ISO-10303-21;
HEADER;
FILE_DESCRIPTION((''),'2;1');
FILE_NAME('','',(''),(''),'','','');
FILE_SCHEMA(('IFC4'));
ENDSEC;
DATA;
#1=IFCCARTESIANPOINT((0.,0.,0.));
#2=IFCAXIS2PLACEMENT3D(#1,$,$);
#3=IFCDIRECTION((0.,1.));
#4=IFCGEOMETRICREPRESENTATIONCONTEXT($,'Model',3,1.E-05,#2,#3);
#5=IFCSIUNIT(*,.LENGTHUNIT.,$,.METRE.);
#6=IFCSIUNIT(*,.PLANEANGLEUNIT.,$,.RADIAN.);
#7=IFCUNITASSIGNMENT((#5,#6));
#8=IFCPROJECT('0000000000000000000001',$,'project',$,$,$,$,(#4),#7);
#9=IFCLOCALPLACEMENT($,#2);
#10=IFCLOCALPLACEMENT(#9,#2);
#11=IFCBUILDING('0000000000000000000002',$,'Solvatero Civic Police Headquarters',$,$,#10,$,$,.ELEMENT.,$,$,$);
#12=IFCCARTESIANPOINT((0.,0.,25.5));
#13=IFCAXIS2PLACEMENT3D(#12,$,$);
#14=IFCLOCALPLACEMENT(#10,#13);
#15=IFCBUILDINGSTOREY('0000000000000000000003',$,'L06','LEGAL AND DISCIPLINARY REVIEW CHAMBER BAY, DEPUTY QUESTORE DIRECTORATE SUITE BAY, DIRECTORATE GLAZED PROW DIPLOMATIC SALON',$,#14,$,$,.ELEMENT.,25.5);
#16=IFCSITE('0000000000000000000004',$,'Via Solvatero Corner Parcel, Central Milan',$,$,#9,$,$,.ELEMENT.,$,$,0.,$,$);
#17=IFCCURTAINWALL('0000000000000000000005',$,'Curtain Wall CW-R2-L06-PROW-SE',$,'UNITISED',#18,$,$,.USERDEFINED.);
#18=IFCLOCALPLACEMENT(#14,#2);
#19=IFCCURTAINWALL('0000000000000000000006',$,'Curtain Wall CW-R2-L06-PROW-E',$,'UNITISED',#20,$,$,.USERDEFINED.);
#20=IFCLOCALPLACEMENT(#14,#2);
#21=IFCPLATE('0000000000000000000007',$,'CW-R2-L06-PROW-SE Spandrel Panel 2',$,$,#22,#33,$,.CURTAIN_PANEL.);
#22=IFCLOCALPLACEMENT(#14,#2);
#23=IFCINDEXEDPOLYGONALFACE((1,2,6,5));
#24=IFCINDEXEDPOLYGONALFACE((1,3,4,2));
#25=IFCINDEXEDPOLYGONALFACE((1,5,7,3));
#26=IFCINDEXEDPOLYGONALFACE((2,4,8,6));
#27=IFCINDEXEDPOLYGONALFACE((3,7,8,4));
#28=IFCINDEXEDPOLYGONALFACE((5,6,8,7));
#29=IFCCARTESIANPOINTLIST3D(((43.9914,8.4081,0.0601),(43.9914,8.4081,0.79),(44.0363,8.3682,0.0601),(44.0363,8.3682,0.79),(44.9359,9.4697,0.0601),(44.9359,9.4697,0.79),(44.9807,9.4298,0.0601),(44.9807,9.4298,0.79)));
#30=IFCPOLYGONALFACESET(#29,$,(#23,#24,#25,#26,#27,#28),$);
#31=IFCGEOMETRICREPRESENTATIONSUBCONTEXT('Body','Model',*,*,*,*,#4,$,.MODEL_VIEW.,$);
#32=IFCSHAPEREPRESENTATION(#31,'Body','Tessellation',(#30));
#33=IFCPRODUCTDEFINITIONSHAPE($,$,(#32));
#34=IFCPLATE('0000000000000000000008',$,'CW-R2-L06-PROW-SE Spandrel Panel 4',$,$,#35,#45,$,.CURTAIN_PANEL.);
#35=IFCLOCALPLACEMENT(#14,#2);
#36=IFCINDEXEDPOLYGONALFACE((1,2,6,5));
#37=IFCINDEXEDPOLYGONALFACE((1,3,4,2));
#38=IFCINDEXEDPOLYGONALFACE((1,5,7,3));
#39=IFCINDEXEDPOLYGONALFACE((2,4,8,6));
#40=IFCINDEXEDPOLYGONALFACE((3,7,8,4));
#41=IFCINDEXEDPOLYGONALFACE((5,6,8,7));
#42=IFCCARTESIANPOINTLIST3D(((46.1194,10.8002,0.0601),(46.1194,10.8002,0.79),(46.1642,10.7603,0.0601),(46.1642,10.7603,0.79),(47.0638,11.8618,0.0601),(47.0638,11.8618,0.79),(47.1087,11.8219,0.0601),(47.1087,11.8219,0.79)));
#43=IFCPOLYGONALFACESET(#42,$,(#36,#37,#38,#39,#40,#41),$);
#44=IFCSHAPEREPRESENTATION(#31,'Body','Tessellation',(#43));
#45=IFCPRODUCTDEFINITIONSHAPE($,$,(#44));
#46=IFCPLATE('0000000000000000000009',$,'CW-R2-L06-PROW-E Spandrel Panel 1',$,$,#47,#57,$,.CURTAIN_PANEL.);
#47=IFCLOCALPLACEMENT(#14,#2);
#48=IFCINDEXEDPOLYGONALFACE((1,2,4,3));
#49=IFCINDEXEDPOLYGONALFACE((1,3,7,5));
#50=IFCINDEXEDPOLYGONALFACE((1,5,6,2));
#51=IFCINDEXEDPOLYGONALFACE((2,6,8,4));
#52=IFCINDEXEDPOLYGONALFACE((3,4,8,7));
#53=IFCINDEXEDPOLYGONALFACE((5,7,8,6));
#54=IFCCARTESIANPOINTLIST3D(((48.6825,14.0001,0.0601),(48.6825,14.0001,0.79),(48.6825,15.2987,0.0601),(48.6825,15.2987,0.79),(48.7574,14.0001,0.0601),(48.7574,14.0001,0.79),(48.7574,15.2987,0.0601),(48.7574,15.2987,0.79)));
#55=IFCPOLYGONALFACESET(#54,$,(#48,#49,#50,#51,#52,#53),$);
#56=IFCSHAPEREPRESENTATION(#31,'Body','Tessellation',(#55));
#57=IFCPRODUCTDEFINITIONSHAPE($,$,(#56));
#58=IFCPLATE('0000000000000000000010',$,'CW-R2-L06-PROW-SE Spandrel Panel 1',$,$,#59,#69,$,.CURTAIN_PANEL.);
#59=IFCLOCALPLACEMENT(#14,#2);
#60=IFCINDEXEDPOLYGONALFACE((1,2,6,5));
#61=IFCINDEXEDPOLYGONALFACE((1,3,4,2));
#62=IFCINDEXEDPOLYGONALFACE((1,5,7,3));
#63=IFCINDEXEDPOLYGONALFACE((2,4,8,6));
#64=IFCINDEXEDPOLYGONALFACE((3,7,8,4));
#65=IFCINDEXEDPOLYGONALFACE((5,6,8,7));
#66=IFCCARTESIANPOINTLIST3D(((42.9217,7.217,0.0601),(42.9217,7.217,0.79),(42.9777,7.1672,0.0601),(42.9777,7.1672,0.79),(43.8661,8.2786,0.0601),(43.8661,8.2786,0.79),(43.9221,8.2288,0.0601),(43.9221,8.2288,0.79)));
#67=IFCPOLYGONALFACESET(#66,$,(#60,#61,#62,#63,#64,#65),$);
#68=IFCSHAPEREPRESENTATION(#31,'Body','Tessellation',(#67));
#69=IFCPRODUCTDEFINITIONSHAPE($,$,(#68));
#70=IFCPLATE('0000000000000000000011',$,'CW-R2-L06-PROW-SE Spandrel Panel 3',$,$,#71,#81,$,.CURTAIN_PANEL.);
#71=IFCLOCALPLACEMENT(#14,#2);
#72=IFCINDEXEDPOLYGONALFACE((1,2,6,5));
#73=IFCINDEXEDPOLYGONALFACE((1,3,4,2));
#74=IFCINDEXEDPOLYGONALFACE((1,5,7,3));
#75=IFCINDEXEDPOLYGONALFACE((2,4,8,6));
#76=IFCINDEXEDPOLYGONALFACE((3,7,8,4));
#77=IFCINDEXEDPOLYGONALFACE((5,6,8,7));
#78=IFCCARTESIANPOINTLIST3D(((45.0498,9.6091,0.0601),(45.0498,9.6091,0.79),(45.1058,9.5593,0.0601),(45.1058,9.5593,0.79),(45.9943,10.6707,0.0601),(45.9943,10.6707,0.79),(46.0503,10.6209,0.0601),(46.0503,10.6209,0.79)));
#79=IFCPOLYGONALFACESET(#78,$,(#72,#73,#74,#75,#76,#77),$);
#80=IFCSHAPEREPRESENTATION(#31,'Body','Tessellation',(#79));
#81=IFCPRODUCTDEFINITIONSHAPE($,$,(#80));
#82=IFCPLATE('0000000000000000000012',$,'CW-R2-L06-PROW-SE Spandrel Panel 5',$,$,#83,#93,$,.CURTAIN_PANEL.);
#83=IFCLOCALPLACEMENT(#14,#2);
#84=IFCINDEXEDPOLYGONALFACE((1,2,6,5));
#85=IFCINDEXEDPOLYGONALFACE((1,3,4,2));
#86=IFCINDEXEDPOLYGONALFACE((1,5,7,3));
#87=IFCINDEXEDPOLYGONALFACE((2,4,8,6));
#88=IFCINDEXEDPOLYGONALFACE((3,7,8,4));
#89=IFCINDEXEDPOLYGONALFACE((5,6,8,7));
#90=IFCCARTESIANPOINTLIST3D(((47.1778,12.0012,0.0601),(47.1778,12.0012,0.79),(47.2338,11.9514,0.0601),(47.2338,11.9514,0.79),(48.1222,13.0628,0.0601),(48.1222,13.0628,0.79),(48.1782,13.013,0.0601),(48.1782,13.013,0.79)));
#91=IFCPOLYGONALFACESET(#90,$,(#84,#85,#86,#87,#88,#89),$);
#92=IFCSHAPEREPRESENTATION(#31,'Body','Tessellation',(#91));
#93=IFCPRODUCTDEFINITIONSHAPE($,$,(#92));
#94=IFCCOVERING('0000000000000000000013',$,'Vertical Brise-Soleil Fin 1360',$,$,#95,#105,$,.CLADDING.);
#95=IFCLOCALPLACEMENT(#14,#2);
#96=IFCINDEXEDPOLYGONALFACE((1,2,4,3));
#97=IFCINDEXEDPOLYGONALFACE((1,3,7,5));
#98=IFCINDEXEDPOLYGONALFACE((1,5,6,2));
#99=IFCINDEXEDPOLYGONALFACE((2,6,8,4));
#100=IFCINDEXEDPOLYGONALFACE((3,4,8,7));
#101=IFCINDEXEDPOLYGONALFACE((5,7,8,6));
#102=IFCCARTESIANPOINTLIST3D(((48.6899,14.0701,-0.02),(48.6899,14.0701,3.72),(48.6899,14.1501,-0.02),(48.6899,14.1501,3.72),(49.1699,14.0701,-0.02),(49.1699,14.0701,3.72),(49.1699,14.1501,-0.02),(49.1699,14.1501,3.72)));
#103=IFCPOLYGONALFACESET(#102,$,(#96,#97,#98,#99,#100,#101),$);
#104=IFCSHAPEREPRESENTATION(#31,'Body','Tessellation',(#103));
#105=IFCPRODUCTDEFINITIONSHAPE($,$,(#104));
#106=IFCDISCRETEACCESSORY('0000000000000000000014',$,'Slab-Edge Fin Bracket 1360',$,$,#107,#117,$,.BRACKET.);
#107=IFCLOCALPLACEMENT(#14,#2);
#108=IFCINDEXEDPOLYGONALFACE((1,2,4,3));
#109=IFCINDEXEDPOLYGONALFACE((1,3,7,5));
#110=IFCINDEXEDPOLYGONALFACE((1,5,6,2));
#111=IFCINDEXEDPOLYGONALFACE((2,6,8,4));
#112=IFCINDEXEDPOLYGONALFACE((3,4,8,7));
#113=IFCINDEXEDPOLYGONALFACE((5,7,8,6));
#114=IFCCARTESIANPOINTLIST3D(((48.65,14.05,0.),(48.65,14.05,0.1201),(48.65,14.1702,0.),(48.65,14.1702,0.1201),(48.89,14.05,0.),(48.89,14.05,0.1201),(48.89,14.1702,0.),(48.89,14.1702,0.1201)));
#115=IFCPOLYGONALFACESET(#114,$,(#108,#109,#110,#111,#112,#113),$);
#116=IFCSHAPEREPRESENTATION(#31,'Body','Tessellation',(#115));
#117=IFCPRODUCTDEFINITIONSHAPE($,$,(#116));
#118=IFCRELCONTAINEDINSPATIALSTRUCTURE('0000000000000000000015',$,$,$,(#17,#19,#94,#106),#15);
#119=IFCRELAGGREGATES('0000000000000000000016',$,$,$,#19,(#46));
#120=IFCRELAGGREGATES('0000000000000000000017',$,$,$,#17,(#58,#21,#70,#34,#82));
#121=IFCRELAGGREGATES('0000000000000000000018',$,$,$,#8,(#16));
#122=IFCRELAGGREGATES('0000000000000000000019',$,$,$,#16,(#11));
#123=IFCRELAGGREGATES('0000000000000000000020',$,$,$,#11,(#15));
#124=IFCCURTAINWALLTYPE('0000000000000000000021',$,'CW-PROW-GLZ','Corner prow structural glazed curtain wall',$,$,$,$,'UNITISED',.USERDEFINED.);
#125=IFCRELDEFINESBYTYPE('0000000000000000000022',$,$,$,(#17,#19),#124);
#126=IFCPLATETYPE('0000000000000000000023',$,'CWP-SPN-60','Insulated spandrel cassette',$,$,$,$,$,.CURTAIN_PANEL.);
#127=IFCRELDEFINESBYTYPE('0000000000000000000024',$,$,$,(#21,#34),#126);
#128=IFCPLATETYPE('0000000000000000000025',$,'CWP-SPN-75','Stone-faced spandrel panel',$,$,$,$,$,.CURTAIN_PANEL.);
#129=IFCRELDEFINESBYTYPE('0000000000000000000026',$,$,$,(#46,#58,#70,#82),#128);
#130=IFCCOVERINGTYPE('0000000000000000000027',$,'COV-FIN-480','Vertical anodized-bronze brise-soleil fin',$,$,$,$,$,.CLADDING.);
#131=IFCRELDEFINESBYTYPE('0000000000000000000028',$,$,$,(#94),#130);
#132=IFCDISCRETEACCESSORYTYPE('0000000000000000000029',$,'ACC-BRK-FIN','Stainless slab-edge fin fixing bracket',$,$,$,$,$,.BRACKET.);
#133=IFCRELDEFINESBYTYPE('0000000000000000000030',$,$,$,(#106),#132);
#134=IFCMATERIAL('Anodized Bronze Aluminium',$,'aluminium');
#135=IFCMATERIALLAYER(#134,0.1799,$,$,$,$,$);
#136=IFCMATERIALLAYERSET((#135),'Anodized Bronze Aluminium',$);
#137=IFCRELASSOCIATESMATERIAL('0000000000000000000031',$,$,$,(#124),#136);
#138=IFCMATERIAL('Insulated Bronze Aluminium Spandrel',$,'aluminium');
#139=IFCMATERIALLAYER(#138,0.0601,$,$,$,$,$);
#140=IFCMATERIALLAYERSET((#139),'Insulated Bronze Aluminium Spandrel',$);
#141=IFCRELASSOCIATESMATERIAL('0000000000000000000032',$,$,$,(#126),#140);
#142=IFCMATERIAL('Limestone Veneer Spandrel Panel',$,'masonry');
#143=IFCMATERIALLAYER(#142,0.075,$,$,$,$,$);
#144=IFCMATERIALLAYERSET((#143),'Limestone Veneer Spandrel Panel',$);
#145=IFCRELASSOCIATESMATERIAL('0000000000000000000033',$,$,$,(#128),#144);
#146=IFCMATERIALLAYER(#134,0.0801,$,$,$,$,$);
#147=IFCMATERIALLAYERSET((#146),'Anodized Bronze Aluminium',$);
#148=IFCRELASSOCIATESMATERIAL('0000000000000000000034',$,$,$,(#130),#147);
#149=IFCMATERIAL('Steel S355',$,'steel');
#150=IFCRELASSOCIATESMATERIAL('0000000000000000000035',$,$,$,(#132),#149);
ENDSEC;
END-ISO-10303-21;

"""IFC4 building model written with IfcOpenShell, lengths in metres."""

from ifc_helpers import new_model, si_unit, direction, frame, origin, origin_2d, place, context, subcontext, project, spatial, rectangle, extrude, material, layer, layer_set, type_object, element, aggregate, save


model = new_model("IFC4")

# Units and contexts
model_context = context("Model", 3, precision=1e-05, world=origin(), true_north=direction((0.0, 1.0)))
body_context = subcontext(model_context, "Body", "Model", "MODEL_VIEW")
ifc_project = project(units=[si_unit("LENGTHUNIT", "METRE"), si_unit("PLANEANGLEUNIT", "RADIAN")], contexts=[model_context])

# Site, building, storey
site_placement = place(None, origin())
site = spatial("IfcSite", under=ifc_project, at=site_placement, Name="Via Solvatero Corner Parcel, Central Milan", CompositionType="ELEMENT", RefElevation=0.0)
building_placement = place(site_placement, origin())
building = spatial("IfcBuilding", under=site, at=building_placement, Name="Solvatero Civic Police Headquarters", CompositionType="ELEMENT")
storey_placement = place(building_placement, frame((0.0, 0.0, 25.5)))
storey = spatial("IfcBuildingStorey", under=building, at=storey_placement, Name="L06", Description="LEGAL AND DISCIPLINARY REVIEW CHAMBER BAY, DEPUTY QUESTORE DIRECTORATE SUITE BAY, DIRECTORATE GLAZED PROW DIPLOMATIC SALON", CompositionType="ELEMENT", Elevation=25.5)

# Shared definitions
ifc_material_1 = material(Name="Steel S355", Category="steel")

# Curtain wall
ifc_material_2 = material(Name="Anodized Bronze Aluminium", Category="aluminium")
ifc_layer_1 = layer(ifc_material_2, 0.1799)
ifc_layer_set_1 = layer_set([ifc_layer_1], Name="Anodized Bronze Aluminium")
curtain_wall_type = type_object("IfcCurtainWallType", Name="CW-PROW-GLZ", Description="Corner prow structural glazed curtain wall", ElementType="UNITISED", PredefinedType="USERDEFINED", material=ifc_layer_set_1)
curtain_wall_1_placement = place(storey_placement, origin())
curtain_wall_1 = element("IfcCurtainWall", 1, at=curtain_wall_1_placement, inside=storey, type_object=curtain_wall_type, Name="Curtain Wall CW-R2-L06-PROW-SE", ObjectType="UNITISED", PredefinedType="USERDEFINED")

# Curtain wall
curtain_wall_2_placement = place(storey_placement, origin())
curtain_wall_2 = element("IfcCurtainWall", 2, at=curtain_wall_2_placement, inside=storey, type_object=curtain_wall_type, Name="Curtain Wall CW-R2-L06-PROW-E", ObjectType="UNITISED", PredefinedType="USERDEFINED")

# Plates
ifc_material_3 = material(Name="Insulated Bronze Aluminium Spandrel", Category="aluminium")
ifc_layer_2 = layer(ifc_material_3, 0.0601)
ifc_layer_set_2 = layer_set([ifc_layer_2], Name="Insulated Bronze Aluminium Spandrel")
plate_type_1 = type_object("IfcPlateType", Name="CWP-SPN-60", Description="Insulated spandrel cassette", PredefinedType="CURTAIN_PANEL", material=ifc_layer_set_2)
plate_1_placement = place(storey_placement, frame((44.4861, 8.9189, 0.0601), z_axis=(0.0, 0.0, 1.0), x_axis=(0.664657, 0.747149, 0.0)))
plate_1 = element("IfcPlate", 3, at=plate_1_placement, type_object=plate_type_1, Name="CW-R2-L06-PROW-SE Spandrel Panel 2", PredefinedType="CURTAIN_PANEL", context=body_context, shape_type="SweptSolid", body=[
    extrude(rectangle(XDim=1.4209, YDim=0.0601, at=origin_2d()), origin(), (0.0, 0.0, 1.0), 0.73),
])
plate_2_placement = place(storey_placement, frame((46.614, 11.311, 0.0601), z_axis=(0.0, 0.0, 1.0), x_axis=(0.664657, 0.747149, 0.0)))
plate_2 = element("IfcPlate", 4, at=plate_2_placement, type_object=plate_type_1, Name="CW-R2-L06-PROW-SE Spandrel Panel 4", PredefinedType="CURTAIN_PANEL", context=body_context, shape_type="SweptSolid", body=[
    extrude(rectangle(XDim=1.4209, YDim=0.0601, at=origin_2d()), origin(), (0.0, 0.0, 1.0), 0.73),
])
ifc_material_4 = material(Name="Limestone Veneer Spandrel Panel", Category="masonry")
ifc_layer_3 = layer(ifc_material_4, 0.075)
ifc_layer_set_3 = layer_set([ifc_layer_3], Name="Limestone Veneer Spandrel Panel")
plate_type_2 = type_object("IfcPlateType", Name="CWP-SPN-75", Description="Stone-faced spandrel panel", PredefinedType="CURTAIN_PANEL", material=ifc_layer_set_3)
plate_3_placement = place(storey_placement, frame((48.72, 14.6494, 0.0601), z_axis=(0.0, 0.0, 1.0), x_axis=(0.0, 1.0, 0.0)))
plate_3 = element("IfcPlate", 5, at=plate_3_placement, type_object=plate_type_2, Name="CW-R2-L06-PROW-E Spandrel Panel 1", PredefinedType="CURTAIN_PANEL", context=body_context, shape_type="SweptSolid", body=[
    extrude(rectangle(XDim=1.2986, YDim=0.075, at=origin_2d()), origin(), (0.0, 0.0, 1.0), 0.73),
])
aggregate(curtain_wall_2, [plate_3])
plate_4_placement = place(storey_placement, frame((43.4219, 7.7229, 0.0601), z_axis=(0.0, 0.0, 1.0), x_axis=(0.664657, 0.747149, 0.0)))
plate_4 = element("IfcPlate", 6, at=plate_4_placement, type_object=plate_type_2, Name="CW-R2-L06-PROW-SE Spandrel Panel 1", PredefinedType="CURTAIN_PANEL", context=body_context, shape_type="SweptSolid", body=[
    extrude(rectangle(XDim=1.4209, YDim=0.075, at=origin_2d()), origin(), (0.0, 0.0, 1.0), 0.73),
])
plate_5_placement = place(storey_placement, frame((45.55, 10.115, 0.0601), z_axis=(0.0, 0.0, 1.0), x_axis=(0.664657, 0.747149, 0.0)))
plate_5 = element("IfcPlate", 7, at=plate_5_placement, type_object=plate_type_2, Name="CW-R2-L06-PROW-SE Spandrel Panel 3", PredefinedType="CURTAIN_PANEL", context=body_context, shape_type="SweptSolid", body=[
    extrude(rectangle(XDim=1.4209, YDim=0.075, at=origin_2d()), origin(), (0.0, 0.0, 1.0), 0.73),
])
plate_6_placement = place(storey_placement, frame((47.678, 12.5071, 0.0601), z_axis=(0.0, 0.0, 1.0), x_axis=(0.664657, 0.747149, 0.0)))
plate_6 = element("IfcPlate", 8, at=plate_6_placement, type_object=plate_type_2, Name="CW-R2-L06-PROW-SE Spandrel Panel 5", PredefinedType="CURTAIN_PANEL", context=body_context, shape_type="SweptSolid", body=[
    extrude(rectangle(XDim=1.4209, YDim=0.075, at=origin_2d()), origin(), (0.0, 0.0, 1.0), 0.73),
])
aggregate(curtain_wall_1, [plate_4, plate_1, plate_5, plate_2, plate_6])

# Covering
ifc_layer_4 = layer(ifc_material_2, 0.0801)
ifc_layer_set_4 = layer_set([ifc_layer_4], Name="Anodized Bronze Aluminium")
covering_type = type_object("IfcCoveringType", Name="COV-FIN-480", Description="Vertical anodized-bronze brise-soleil fin", PredefinedType="CLADDING", material=ifc_layer_set_4)
covering_placement = place(storey_placement, frame((48.9299, 14.1101, -0.02), z_axis=(0.0, 0.0, 1.0), x_axis=(0.0, 1.0, 0.0)))
element("IfcCovering", 9, at=covering_placement, inside=storey, type_object=covering_type, Name="Vertical Brise-Soleil Fin 1360", PredefinedType="CLADDING", context=body_context, shape_type="SweptSolid", body=[
    extrude(rectangle(XDim=0.0801, YDim=0.48, at=origin_2d()), origin(), (0.0, 0.0, 1.0), 3.74),
])

# Discrete accessory
discrete_accessory_type = type_object("IfcDiscreteAccessoryType", Name="ACC-BRK-FIN", Description="Stainless slab-edge fin fixing bracket", PredefinedType="BRACKET", material=ifc_material_1)
discrete_accessory_placement = place(storey_placement, frame((48.77, 14.1101, 0.0), z_axis=(0.0, 0.0, 1.0), x_axis=(0.0, 1.0, 0.0)))
element("IfcDiscreteAccessory", 10, at=discrete_accessory_placement, inside=storey, type_object=discrete_accessory_type, Name="Slab-Edge Fin Bracket 1360", PredefinedType="BRACKET", context=body_context, shape_type="SweptSolid", body=[
    extrude(rectangle(XDim=0.1201, YDim=0.24, at=origin_2d()), origin(), (0.0, 0.0, 1.0), 0.1201),
])

save(model, "model.ifc")
